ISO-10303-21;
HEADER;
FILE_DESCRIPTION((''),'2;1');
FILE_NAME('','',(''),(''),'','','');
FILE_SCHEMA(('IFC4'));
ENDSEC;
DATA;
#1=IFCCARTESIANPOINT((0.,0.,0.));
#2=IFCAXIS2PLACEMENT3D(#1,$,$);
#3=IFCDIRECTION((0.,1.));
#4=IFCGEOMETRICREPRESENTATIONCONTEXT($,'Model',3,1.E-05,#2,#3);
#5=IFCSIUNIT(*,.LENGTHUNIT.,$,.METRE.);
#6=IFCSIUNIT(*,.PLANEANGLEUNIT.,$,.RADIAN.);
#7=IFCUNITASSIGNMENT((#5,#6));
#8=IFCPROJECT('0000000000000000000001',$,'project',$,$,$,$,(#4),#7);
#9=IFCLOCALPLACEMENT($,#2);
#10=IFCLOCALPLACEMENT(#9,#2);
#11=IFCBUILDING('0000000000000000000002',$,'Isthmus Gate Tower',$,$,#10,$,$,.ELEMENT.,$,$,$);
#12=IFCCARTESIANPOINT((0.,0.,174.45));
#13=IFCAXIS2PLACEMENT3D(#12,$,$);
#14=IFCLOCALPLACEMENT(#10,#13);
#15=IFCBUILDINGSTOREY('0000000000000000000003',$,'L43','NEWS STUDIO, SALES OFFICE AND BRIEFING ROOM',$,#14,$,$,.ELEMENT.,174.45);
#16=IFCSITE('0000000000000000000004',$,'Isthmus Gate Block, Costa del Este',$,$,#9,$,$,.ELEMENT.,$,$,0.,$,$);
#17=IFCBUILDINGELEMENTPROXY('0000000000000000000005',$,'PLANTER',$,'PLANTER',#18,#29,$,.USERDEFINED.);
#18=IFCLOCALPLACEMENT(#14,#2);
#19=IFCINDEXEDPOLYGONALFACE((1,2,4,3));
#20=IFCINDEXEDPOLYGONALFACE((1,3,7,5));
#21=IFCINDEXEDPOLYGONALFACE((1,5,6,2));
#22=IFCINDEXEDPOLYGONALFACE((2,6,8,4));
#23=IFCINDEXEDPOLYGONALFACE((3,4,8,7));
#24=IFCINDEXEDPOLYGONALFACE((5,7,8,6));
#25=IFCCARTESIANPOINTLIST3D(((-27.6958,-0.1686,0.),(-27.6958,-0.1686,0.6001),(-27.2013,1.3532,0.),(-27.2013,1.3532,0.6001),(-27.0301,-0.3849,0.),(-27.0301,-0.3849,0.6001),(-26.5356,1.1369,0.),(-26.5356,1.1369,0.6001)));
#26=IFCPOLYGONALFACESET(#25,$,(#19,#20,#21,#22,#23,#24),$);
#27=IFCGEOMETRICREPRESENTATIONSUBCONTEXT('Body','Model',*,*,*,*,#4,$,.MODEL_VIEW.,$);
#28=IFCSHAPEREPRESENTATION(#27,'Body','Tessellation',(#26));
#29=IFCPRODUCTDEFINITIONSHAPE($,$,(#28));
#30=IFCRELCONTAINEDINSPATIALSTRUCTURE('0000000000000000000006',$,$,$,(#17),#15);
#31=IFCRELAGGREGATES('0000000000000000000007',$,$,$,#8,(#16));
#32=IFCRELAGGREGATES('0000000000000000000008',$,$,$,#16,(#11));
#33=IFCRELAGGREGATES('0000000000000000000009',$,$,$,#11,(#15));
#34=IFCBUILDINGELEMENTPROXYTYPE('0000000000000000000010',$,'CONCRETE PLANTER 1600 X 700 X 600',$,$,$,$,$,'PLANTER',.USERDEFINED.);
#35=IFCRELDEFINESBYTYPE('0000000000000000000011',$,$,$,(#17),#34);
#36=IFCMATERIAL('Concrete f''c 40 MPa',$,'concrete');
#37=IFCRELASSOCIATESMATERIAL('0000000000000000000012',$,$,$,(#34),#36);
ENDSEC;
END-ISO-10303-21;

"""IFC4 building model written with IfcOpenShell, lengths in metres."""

from ifc_helpers import new_model, si_unit, direction, frame, origin, origin_2d, place, context, subcontext, project, spatial, rectangle, extrude, material, type_object, element, save


model = new_model("IFC4")

# Units and contexts
model_context = context("Model", 3, precision=1e-05, world=origin(), true_north=direction((0.0, 1.0)))
body_context = subcontext(model_context, "Body", "Model", "MODEL_VIEW")
ifc_project = project(units=[si_unit("LENGTHUNIT", "METRE"), si_unit("PLANEANGLEUNIT", "RADIAN")], contexts=[model_context])

# Site, building, storey
site_placement = place(None, origin())
site = spatial("IfcSite", under=ifc_project, at=site_placement, Name="Isthmus Gate Block, Costa del Este", CompositionType="ELEMENT", RefElevation=0.0)
building_placement = place(site_placement, origin())
building = spatial("IfcBuilding", under=site, at=building_placement, Name="Isthmus Gate Tower", CompositionType="ELEMENT")
storey_placement = place(building_placement, frame((0.0, 0.0, 174.45)))
storey = spatial("IfcBuildingStorey", under=building, at=storey_placement, Name="L43", Description="NEWS STUDIO, SALES OFFICE AND BRIEFING ROOM", CompositionType="ELEMENT", Elevation=174.45)

# Building element proxy
ifc_material_1 = material(Name="Concrete f'c 40 MPa", Category="concrete")
building_element_proxy_type = type_object("IfcBuildingElementProxyType", Name="CONCRETE PLANTER 1600 X 700 X 600", ElementType="PLANTER", PredefinedType="USERDEFINED", material=ifc_material_1)
proxy_placement = place(storey_placement, frame((-27.1157, 0.4841, 0.0), z_axis=(0.0, 0.0, 1.0), x_axis=(-0.309017, -0.951057, 0.0)))
element("IfcBuildingElementProxy", 1, at=proxy_placement, inside=storey, type_object=building_element_proxy_type, Name="PLANTER", ObjectType="PLANTER", PredefinedType="USERDEFINED", context=body_context, shape_type="SweptSolid", body=[
    extrude(rectangle(XDim=1.6001, YDim=0.7, at=origin_2d()), origin(), (0.0, 0.0, 1.0), 0.6001),
])

save(model, "model.ifc")
